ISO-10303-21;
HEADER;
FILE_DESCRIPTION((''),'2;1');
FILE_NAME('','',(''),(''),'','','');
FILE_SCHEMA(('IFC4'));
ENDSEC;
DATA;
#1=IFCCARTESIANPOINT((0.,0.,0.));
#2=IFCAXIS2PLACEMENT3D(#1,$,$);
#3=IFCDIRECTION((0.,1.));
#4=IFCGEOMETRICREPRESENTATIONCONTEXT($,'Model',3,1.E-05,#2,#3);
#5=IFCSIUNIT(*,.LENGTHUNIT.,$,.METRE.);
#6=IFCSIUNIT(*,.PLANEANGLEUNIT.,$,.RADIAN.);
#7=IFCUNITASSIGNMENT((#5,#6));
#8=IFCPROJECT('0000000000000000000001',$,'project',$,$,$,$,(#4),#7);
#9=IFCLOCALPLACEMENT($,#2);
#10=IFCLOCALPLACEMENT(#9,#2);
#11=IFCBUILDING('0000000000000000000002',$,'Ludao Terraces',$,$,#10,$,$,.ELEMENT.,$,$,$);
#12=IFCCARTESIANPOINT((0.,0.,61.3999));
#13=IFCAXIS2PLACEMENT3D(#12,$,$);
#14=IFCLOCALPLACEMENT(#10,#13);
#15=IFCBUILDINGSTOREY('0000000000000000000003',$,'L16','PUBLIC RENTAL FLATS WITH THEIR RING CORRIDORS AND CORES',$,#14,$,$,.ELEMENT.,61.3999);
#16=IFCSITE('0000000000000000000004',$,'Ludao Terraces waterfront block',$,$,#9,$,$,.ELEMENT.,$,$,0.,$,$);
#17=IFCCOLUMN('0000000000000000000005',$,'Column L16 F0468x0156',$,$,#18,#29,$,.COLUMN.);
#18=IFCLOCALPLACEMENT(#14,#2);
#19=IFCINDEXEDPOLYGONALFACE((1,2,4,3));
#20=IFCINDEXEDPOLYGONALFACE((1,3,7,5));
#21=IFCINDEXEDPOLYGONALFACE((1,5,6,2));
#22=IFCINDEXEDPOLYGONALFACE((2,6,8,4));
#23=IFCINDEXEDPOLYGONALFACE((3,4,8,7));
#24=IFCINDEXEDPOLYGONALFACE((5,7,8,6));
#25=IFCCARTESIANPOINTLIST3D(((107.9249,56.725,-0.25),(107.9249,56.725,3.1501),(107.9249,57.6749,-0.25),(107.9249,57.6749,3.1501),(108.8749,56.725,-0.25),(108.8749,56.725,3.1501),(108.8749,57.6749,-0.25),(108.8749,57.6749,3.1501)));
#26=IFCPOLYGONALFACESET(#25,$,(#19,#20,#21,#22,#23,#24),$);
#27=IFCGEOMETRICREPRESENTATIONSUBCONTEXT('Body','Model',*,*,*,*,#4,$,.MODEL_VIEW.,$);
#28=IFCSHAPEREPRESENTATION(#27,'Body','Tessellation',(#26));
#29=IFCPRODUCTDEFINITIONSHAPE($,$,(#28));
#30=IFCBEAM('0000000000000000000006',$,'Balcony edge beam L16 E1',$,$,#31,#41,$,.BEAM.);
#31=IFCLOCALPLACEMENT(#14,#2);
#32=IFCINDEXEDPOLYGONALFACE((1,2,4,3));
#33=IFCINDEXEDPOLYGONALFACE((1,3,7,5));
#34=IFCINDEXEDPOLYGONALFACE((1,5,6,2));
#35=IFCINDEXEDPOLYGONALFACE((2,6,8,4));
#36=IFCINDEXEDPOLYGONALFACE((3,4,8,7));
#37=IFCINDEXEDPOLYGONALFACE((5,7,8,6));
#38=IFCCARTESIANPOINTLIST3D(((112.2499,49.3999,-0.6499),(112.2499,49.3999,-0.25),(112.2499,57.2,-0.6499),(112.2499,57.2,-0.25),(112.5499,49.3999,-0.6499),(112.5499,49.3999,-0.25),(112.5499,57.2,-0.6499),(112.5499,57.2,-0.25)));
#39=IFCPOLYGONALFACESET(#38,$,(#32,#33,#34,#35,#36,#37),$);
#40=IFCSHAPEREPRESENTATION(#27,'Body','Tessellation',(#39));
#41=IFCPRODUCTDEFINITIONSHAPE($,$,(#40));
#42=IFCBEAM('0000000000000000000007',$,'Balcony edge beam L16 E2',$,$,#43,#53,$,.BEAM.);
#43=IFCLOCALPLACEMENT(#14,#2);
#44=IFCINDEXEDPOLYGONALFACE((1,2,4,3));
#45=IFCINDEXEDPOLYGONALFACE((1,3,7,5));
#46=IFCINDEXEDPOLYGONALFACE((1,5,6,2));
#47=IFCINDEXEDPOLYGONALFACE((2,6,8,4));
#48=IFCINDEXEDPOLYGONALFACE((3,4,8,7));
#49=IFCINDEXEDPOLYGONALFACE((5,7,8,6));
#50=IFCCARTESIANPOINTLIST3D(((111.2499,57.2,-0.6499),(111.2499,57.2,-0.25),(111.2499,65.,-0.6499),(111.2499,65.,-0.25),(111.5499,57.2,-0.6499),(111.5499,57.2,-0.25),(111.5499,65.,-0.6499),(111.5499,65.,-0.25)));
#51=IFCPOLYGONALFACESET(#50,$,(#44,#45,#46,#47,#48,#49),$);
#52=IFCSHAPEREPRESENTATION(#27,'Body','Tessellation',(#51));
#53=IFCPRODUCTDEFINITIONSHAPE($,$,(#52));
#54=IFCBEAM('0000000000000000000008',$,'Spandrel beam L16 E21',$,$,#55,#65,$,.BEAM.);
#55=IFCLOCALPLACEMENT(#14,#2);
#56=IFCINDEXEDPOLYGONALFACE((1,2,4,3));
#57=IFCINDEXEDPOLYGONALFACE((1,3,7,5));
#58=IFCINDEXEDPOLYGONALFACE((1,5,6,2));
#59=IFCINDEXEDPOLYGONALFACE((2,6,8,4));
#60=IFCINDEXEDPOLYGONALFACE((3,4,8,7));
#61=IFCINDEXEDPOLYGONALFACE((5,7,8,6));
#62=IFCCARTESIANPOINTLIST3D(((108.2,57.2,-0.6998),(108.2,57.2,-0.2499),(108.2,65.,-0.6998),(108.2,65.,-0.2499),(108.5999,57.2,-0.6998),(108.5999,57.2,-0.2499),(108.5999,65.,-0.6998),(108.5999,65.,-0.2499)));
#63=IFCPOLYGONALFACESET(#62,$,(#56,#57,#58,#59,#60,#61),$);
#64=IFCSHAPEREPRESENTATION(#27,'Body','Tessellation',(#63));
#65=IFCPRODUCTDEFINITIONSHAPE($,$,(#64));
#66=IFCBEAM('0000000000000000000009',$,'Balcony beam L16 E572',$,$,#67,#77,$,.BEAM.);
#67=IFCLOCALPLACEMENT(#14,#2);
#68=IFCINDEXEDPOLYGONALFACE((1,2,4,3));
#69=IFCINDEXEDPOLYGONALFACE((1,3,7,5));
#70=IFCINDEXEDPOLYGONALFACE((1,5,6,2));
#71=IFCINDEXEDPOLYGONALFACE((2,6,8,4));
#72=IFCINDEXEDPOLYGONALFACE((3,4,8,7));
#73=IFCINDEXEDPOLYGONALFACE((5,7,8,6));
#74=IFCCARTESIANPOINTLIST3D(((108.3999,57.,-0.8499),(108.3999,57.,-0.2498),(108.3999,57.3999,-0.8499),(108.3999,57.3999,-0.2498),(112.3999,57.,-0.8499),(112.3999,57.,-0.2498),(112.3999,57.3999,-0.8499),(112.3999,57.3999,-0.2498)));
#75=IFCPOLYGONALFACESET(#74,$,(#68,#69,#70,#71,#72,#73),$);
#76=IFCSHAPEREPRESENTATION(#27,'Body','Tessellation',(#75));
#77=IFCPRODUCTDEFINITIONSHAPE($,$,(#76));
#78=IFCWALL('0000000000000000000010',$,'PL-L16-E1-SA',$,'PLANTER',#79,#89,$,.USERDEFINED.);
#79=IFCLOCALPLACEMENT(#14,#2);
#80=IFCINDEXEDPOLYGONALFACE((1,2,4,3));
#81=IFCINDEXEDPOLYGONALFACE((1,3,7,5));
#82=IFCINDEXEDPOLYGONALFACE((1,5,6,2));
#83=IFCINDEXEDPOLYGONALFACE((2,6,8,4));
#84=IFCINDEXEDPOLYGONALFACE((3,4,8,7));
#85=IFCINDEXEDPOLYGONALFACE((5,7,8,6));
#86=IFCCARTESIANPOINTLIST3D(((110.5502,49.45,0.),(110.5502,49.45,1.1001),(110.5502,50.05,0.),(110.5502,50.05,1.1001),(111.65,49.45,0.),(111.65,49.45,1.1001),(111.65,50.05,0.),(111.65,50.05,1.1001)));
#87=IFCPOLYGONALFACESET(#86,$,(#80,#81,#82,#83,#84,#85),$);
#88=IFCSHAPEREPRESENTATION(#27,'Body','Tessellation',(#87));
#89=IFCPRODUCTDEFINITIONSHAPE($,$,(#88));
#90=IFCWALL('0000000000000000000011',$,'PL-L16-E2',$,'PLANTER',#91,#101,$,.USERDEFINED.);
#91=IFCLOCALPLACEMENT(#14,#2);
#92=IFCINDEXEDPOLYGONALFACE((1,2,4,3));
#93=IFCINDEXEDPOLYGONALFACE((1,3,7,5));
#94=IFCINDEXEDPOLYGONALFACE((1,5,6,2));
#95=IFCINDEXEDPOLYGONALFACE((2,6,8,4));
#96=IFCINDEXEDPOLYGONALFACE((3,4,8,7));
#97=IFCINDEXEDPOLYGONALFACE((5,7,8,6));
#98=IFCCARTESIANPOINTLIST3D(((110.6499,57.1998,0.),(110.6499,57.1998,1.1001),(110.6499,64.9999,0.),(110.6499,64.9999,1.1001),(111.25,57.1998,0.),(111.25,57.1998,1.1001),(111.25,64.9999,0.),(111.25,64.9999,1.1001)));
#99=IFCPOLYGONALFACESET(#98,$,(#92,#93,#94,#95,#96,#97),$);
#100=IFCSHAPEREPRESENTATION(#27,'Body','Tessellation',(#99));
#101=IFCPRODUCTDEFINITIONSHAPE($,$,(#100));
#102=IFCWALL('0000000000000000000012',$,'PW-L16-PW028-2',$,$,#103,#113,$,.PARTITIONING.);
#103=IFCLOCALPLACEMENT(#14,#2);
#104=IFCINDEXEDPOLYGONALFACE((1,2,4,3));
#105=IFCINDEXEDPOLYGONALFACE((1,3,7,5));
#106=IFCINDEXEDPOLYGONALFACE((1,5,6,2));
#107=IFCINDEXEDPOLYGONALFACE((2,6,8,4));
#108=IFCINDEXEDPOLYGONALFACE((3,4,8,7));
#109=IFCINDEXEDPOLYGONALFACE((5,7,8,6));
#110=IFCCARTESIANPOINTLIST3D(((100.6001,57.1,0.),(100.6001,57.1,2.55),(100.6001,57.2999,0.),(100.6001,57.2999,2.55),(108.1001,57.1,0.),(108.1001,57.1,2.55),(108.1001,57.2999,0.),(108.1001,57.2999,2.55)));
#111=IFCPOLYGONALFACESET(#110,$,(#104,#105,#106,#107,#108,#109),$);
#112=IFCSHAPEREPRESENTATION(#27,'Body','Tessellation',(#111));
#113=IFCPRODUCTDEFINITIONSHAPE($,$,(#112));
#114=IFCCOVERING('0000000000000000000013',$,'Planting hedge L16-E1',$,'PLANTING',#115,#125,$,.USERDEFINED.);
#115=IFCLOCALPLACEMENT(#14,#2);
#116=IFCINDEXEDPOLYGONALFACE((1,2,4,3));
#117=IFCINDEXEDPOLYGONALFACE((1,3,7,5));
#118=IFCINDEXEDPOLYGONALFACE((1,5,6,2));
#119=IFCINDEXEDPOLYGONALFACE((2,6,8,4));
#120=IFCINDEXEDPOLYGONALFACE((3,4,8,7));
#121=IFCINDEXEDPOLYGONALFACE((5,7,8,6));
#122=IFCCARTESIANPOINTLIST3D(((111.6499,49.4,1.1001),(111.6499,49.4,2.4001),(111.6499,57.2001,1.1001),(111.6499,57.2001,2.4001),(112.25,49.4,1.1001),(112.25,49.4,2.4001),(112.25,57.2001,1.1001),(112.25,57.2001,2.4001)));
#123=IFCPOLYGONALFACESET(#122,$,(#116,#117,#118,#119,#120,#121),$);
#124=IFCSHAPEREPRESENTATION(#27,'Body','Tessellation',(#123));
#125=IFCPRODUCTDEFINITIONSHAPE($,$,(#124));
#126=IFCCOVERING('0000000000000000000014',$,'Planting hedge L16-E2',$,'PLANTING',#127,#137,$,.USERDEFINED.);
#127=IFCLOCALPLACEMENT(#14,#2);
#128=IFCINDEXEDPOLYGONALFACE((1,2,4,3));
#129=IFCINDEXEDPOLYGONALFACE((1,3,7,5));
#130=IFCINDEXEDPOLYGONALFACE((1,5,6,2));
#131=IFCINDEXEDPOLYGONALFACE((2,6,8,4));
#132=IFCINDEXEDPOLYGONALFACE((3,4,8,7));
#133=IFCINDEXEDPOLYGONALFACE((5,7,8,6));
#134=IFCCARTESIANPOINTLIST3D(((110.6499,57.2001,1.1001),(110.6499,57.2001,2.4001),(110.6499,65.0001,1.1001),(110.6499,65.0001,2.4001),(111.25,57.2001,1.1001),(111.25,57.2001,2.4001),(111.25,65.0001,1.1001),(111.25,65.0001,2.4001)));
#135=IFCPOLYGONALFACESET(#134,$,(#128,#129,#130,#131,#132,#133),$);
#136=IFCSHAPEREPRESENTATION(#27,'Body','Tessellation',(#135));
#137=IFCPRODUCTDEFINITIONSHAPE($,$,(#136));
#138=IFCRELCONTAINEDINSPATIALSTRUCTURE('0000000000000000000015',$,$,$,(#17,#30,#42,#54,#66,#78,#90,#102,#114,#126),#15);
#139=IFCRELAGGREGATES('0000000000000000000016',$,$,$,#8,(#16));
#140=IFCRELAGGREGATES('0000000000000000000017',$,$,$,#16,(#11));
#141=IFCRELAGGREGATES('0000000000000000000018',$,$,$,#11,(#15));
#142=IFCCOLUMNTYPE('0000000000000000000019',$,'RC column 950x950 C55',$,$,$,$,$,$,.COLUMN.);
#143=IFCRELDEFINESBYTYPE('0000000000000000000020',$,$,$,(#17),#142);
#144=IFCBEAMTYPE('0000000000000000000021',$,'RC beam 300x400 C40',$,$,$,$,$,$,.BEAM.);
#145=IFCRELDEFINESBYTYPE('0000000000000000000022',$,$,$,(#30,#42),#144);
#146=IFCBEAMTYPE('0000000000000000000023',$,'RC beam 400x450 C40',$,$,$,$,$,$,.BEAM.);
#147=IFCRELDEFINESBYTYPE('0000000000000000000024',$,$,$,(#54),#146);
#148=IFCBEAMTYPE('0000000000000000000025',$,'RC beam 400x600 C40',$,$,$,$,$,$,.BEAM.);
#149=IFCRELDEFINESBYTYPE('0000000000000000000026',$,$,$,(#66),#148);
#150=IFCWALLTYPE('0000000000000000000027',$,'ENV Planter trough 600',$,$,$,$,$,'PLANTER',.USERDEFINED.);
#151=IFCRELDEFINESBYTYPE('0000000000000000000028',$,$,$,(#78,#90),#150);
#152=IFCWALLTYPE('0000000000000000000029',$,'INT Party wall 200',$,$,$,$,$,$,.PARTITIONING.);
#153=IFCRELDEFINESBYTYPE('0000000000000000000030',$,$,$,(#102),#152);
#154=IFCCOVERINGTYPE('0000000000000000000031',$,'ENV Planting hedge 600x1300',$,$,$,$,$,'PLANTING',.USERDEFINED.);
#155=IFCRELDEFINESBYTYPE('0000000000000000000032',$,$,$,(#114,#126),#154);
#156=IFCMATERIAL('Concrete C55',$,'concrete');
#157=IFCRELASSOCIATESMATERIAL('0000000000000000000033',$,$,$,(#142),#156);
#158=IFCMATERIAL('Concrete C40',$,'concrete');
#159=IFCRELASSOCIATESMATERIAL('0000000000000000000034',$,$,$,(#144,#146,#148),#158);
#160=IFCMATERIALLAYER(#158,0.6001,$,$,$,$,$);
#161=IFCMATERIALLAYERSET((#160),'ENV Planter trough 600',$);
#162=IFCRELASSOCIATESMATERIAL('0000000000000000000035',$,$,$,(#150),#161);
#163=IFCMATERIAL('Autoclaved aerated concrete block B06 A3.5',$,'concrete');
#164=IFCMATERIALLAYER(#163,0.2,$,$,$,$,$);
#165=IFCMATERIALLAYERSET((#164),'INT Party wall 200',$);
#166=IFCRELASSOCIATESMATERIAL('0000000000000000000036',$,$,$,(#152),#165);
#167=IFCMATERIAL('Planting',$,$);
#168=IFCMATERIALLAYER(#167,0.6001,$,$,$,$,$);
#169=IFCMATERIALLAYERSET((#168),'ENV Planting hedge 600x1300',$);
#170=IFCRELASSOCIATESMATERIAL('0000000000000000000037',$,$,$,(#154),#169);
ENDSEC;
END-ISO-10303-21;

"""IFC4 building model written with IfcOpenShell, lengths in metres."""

from ifc_helpers import new_model, si_unit, direction, frame, frame_2d, origin, origin_2d, place, context, subcontext, project, spatial, rectangle, extrude, material, layer, layer_set, material_profile, profile_set, type_object, element, save


model = new_model("IFC4")

# Units and contexts
model_context = context("Model", 3, precision=1e-05, world=origin(), true_north=direction((0.0, 1.0)))
body_context = subcontext(model_context, "Body", "Model", "MODEL_VIEW")
ifc_project = project(units=[si_unit("LENGTHUNIT", "METRE"), si_unit("PLANEANGLEUNIT", "RADIAN")], contexts=[model_context])

# Site, building, storey
site_placement = place(None, origin())
site = spatial("IfcSite", under=ifc_project, at=site_placement, Name="Ludao Terraces waterfront block", CompositionType="ELEMENT", RefElevation=0.0)
building_placement = place(site_placement, origin())
building = spatial("IfcBuilding", under=site, at=building_placement, Name="Ludao Terraces", CompositionType="ELEMENT")
storey_placement = place(building_placement, frame((0.0, 0.0, 61.3999)))
storey = spatial("IfcBuildingStorey", under=building, at=storey_placement, Name="L16", Description="PUBLIC RENTAL FLATS WITH THEIR RING CORRIDORS AND CORES", CompositionType="ELEMENT", Elevation=61.3999)

# Column
ifc_material_1 = material(Name="Concrete C55", Category="concrete")
ifc_material_profile_1 = material_profile(ifc_material_1, rectangle(XDim=0.95, YDim=0.95, at=origin_2d()), Name="950 X 950")
ifc_profile_set_1 = profile_set([ifc_material_profile_1], Name="Concrete C55")
column_type = type_object("IfcColumnType", Name="RC column 950x950 C55", PredefinedType="COLUMN", material=ifc_profile_set_1)
column_placement = place(storey_placement, frame((108.3999, 57.2, -0.25), z_axis=(0.0, 0.0, 1.0), x_axis=(1.0, 0.0, 0.0)))
element("IfcColumn", 1, at=column_placement, inside=storey, type_object=column_type, Name="Column L16 F0468x0156", PredefinedType="COLUMN", context=body_context, shape_type="SweptSolid", body=[
    extrude(rectangle(XDim=0.95, YDim=0.95, at=origin_2d()), origin(), (0.0, 0.0, 1.0), 3.4001),
])

# Beams
ifc_material_2 = material(Name="Concrete C40", Category="concrete")
ifc_material_profile_2 = material_profile(ifc_material_2, rectangle(XDim=0.3, YDim=0.3999, at=origin_2d()), Name="300 X 400")
ifc_profile_set_2 = profile_set([ifc_material_profile_2], Name="Concrete C40")
beam_type_1 = type_object("IfcBeamType", Name="RC beam 300x400 C40", PredefinedType="BEAM", material=ifc_profile_set_2)
for number, where, z_axis, x_axis, name in (
    (2, (112.3999, 49.3999, -0.45), (0.0, 1.0, 0.0), (-1.0, 0.0, 0.0), "Balcony edge beam L16 E1"),
    (3, (111.3999, 57.2, -0.45), (0.0, 1.0, 0.0), (-1.0, 0.0, 0.0), "Balcony edge beam L16 E2"),
):
    element("IfcBeam", number, at=place(storey_placement, frame(where, z_axis=z_axis, x_axis=x_axis)), inside=storey, type_object=beam_type_1, Name=name, PredefinedType="BEAM", context=body_context, shape_type="SweptSolid", body=[
        extrude(rectangle(XDim=0.3, YDim=0.3999, at=origin_2d()), origin(), (0.0, 0.0, 1.0), 7.8),
    ])
ifc_material_profile_3 = material_profile(ifc_material_2, rectangle(XDim=0.3999, YDim=0.45, at=origin_2d()), Name="400 X 450")
ifc_profile_set_3 = profile_set([ifc_material_profile_3], Name="Concrete C40")
beam_type_2 = type_object("IfcBeamType", Name="RC beam 400x450 C40", PredefinedType="BEAM", material=ifc_profile_set_3)
beam_1_placement = place(storey_placement, frame((108.3999, 57.2, -0.4749), z_axis=(0.0, 1.0, 0.0), x_axis=(-1.0, 0.0, 0.0)))
element("IfcBeam", 4, at=beam_1_placement, inside=storey, type_object=beam_type_2, Name="Spandrel beam L16 E21", PredefinedType="BEAM", context=body_context, shape_type="SweptSolid", body=[
    extrude(rectangle(XDim=0.3999, YDim=0.45, at=origin_2d()), origin(), (0.0, 0.0, 1.0), 7.8),
])
ifc_material_profile_4 = material_profile(ifc_material_2, rectangle(XDim=0.3999, YDim=0.6001, at=origin_2d()), Name="400 X 600")
ifc_profile_set_4 = profile_set([ifc_material_profile_4], Name="Concrete C40")
beam_type_3 = type_object("IfcBeamType", Name="RC beam 400x600 C40", PredefinedType="BEAM", material=ifc_profile_set_4)
beam_2_placement = place(storey_placement, frame((108.3999, 57.2, -0.5498), z_axis=(1.0, 0.0, 0.0), x_axis=(0.0, 1.0, 0.0)))
element("IfcBeam", 5, at=beam_2_placement, inside=storey, type_object=beam_type_3, Name="Balcony beam L16 E572", PredefinedType="BEAM", context=body_context, shape_type="SweptSolid", body=[
    extrude(rectangle(XDim=0.3999, YDim=0.6001, at=origin_2d()), origin(), (0.0, 0.0, 1.0), 4.0),
])

# Walls
ifc_layer_1 = layer(ifc_material_2, 0.6001)
ifc_layer_set_1 = layer_set([ifc_layer_1], Name="ENV Planter trough 600")
wall_type_1 = type_object("IfcWallType", Name="ENV Planter trough 600", ElementType="PLANTER", PredefinedType="USERDEFINED", material=ifc_layer_set_1)
wall_1_placement = place(storey_placement, frame((111.6499, 49.75, 0.0), z_axis=(0.0, 0.0, 1.0), x_axis=(-1.0, 0.0, 0.0)))
element("IfcWall", 6, at=wall_1_placement, inside=storey, type_object=wall_type_1, Name="PL-L16-E1-SA", ObjectType="PLANTER", PredefinedType="USERDEFINED", context=body_context, shape_type="SweptSolid", body=[
    extrude(rectangle(XDim=1.0999, YDim=0.6001, at=frame_2d((0.5498, 0.0))), origin(), (0.0, 0.0, 1.0), 1.1001),
])
wall_2_placement = place(storey_placement, frame((110.95, 57.2, 0.0), z_axis=(0.0, 0.0, 1.0), x_axis=(0.0, 1.0, 0.0)))
element("IfcWall", 7, at=wall_2_placement, inside=storey, type_object=wall_type_1, Name="PL-L16-E2", ObjectType="PLANTER", PredefinedType="USERDEFINED", context=body_context, shape_type="SweptSolid", body=[
    extrude(rectangle(XDim=7.8, YDim=0.6001, at=frame_2d((3.8999, 0.0))), origin(), (0.0, 0.0, 1.0), 1.1001),
])

# Wall
ifc_material_3 = material(Name="Autoclaved aerated concrete block B06 A3.5", Category="concrete")
ifc_layer_2 = layer(ifc_material_3, 0.2)
ifc_layer_set_2 = layer_set([ifc_layer_2], Name="INT Party wall 200")
wall_type_2 = type_object("IfcWallType", Name="INT Party wall 200", PredefinedType="PARTITIONING", material=ifc_layer_set_2)
wall_3_placement = place(storey_placement, frame((100.6001, 57.2, 0.0), z_axis=(0.0, 0.0, 1.0), x_axis=(1.0, 0.0, 0.0)))
element("IfcWall", 8, at=wall_3_placement, inside=storey, type_object=wall_type_2, Name="PW-L16-PW028-2", PredefinedType="PARTITIONING", context=body_context, shape_type="SweptSolid", body=[
    extrude(rectangle(XDim=7.5, YDim=0.2, at=frame_2d((3.75, 0.0))), origin(), (0.0, 0.0, 1.0), 2.55),
])

# Coverings
ifc_material_4 = material(Name="Planting")
ifc_layer_3 = layer(ifc_material_4, 0.6001)
ifc_layer_set_3 = layer_set([ifc_layer_3], Name="ENV Planting hedge 600x1300")
covering_type = type_object("IfcCoveringType", Name="ENV Planting hedge 600x1300", ElementType="PLANTING", PredefinedType="USERDEFINED", material=ifc_layer_set_3)
for number, where, z_axis, x_axis, name in (
    (9, (111.95, 53.3, 1.1001), (0.0, 0.0, 1.0), (1.0, 0.0, 0.0), "Planting hedge L16-E1"),
    (10, (110.95, 61.1001, 1.1001), (0.0, 0.0, 1.0), (1.0, 0.0, 0.0), "Planting hedge L16-E2"),
):
    element("IfcCovering", number, at=place(storey_placement, frame(where, z_axis=z_axis, x_axis=x_axis)), inside=storey, type_object=covering_type, Name=name, ObjectType="PLANTING", PredefinedType="USERDEFINED", context=body_context, shape_type="SweptSolid", body=[
        extrude(rectangle(XDim=0.6001, YDim=7.8, at=origin_2d()), origin(), (0.0, 0.0, 1.0), 1.3),
    ])

save(model, "model.ifc")
